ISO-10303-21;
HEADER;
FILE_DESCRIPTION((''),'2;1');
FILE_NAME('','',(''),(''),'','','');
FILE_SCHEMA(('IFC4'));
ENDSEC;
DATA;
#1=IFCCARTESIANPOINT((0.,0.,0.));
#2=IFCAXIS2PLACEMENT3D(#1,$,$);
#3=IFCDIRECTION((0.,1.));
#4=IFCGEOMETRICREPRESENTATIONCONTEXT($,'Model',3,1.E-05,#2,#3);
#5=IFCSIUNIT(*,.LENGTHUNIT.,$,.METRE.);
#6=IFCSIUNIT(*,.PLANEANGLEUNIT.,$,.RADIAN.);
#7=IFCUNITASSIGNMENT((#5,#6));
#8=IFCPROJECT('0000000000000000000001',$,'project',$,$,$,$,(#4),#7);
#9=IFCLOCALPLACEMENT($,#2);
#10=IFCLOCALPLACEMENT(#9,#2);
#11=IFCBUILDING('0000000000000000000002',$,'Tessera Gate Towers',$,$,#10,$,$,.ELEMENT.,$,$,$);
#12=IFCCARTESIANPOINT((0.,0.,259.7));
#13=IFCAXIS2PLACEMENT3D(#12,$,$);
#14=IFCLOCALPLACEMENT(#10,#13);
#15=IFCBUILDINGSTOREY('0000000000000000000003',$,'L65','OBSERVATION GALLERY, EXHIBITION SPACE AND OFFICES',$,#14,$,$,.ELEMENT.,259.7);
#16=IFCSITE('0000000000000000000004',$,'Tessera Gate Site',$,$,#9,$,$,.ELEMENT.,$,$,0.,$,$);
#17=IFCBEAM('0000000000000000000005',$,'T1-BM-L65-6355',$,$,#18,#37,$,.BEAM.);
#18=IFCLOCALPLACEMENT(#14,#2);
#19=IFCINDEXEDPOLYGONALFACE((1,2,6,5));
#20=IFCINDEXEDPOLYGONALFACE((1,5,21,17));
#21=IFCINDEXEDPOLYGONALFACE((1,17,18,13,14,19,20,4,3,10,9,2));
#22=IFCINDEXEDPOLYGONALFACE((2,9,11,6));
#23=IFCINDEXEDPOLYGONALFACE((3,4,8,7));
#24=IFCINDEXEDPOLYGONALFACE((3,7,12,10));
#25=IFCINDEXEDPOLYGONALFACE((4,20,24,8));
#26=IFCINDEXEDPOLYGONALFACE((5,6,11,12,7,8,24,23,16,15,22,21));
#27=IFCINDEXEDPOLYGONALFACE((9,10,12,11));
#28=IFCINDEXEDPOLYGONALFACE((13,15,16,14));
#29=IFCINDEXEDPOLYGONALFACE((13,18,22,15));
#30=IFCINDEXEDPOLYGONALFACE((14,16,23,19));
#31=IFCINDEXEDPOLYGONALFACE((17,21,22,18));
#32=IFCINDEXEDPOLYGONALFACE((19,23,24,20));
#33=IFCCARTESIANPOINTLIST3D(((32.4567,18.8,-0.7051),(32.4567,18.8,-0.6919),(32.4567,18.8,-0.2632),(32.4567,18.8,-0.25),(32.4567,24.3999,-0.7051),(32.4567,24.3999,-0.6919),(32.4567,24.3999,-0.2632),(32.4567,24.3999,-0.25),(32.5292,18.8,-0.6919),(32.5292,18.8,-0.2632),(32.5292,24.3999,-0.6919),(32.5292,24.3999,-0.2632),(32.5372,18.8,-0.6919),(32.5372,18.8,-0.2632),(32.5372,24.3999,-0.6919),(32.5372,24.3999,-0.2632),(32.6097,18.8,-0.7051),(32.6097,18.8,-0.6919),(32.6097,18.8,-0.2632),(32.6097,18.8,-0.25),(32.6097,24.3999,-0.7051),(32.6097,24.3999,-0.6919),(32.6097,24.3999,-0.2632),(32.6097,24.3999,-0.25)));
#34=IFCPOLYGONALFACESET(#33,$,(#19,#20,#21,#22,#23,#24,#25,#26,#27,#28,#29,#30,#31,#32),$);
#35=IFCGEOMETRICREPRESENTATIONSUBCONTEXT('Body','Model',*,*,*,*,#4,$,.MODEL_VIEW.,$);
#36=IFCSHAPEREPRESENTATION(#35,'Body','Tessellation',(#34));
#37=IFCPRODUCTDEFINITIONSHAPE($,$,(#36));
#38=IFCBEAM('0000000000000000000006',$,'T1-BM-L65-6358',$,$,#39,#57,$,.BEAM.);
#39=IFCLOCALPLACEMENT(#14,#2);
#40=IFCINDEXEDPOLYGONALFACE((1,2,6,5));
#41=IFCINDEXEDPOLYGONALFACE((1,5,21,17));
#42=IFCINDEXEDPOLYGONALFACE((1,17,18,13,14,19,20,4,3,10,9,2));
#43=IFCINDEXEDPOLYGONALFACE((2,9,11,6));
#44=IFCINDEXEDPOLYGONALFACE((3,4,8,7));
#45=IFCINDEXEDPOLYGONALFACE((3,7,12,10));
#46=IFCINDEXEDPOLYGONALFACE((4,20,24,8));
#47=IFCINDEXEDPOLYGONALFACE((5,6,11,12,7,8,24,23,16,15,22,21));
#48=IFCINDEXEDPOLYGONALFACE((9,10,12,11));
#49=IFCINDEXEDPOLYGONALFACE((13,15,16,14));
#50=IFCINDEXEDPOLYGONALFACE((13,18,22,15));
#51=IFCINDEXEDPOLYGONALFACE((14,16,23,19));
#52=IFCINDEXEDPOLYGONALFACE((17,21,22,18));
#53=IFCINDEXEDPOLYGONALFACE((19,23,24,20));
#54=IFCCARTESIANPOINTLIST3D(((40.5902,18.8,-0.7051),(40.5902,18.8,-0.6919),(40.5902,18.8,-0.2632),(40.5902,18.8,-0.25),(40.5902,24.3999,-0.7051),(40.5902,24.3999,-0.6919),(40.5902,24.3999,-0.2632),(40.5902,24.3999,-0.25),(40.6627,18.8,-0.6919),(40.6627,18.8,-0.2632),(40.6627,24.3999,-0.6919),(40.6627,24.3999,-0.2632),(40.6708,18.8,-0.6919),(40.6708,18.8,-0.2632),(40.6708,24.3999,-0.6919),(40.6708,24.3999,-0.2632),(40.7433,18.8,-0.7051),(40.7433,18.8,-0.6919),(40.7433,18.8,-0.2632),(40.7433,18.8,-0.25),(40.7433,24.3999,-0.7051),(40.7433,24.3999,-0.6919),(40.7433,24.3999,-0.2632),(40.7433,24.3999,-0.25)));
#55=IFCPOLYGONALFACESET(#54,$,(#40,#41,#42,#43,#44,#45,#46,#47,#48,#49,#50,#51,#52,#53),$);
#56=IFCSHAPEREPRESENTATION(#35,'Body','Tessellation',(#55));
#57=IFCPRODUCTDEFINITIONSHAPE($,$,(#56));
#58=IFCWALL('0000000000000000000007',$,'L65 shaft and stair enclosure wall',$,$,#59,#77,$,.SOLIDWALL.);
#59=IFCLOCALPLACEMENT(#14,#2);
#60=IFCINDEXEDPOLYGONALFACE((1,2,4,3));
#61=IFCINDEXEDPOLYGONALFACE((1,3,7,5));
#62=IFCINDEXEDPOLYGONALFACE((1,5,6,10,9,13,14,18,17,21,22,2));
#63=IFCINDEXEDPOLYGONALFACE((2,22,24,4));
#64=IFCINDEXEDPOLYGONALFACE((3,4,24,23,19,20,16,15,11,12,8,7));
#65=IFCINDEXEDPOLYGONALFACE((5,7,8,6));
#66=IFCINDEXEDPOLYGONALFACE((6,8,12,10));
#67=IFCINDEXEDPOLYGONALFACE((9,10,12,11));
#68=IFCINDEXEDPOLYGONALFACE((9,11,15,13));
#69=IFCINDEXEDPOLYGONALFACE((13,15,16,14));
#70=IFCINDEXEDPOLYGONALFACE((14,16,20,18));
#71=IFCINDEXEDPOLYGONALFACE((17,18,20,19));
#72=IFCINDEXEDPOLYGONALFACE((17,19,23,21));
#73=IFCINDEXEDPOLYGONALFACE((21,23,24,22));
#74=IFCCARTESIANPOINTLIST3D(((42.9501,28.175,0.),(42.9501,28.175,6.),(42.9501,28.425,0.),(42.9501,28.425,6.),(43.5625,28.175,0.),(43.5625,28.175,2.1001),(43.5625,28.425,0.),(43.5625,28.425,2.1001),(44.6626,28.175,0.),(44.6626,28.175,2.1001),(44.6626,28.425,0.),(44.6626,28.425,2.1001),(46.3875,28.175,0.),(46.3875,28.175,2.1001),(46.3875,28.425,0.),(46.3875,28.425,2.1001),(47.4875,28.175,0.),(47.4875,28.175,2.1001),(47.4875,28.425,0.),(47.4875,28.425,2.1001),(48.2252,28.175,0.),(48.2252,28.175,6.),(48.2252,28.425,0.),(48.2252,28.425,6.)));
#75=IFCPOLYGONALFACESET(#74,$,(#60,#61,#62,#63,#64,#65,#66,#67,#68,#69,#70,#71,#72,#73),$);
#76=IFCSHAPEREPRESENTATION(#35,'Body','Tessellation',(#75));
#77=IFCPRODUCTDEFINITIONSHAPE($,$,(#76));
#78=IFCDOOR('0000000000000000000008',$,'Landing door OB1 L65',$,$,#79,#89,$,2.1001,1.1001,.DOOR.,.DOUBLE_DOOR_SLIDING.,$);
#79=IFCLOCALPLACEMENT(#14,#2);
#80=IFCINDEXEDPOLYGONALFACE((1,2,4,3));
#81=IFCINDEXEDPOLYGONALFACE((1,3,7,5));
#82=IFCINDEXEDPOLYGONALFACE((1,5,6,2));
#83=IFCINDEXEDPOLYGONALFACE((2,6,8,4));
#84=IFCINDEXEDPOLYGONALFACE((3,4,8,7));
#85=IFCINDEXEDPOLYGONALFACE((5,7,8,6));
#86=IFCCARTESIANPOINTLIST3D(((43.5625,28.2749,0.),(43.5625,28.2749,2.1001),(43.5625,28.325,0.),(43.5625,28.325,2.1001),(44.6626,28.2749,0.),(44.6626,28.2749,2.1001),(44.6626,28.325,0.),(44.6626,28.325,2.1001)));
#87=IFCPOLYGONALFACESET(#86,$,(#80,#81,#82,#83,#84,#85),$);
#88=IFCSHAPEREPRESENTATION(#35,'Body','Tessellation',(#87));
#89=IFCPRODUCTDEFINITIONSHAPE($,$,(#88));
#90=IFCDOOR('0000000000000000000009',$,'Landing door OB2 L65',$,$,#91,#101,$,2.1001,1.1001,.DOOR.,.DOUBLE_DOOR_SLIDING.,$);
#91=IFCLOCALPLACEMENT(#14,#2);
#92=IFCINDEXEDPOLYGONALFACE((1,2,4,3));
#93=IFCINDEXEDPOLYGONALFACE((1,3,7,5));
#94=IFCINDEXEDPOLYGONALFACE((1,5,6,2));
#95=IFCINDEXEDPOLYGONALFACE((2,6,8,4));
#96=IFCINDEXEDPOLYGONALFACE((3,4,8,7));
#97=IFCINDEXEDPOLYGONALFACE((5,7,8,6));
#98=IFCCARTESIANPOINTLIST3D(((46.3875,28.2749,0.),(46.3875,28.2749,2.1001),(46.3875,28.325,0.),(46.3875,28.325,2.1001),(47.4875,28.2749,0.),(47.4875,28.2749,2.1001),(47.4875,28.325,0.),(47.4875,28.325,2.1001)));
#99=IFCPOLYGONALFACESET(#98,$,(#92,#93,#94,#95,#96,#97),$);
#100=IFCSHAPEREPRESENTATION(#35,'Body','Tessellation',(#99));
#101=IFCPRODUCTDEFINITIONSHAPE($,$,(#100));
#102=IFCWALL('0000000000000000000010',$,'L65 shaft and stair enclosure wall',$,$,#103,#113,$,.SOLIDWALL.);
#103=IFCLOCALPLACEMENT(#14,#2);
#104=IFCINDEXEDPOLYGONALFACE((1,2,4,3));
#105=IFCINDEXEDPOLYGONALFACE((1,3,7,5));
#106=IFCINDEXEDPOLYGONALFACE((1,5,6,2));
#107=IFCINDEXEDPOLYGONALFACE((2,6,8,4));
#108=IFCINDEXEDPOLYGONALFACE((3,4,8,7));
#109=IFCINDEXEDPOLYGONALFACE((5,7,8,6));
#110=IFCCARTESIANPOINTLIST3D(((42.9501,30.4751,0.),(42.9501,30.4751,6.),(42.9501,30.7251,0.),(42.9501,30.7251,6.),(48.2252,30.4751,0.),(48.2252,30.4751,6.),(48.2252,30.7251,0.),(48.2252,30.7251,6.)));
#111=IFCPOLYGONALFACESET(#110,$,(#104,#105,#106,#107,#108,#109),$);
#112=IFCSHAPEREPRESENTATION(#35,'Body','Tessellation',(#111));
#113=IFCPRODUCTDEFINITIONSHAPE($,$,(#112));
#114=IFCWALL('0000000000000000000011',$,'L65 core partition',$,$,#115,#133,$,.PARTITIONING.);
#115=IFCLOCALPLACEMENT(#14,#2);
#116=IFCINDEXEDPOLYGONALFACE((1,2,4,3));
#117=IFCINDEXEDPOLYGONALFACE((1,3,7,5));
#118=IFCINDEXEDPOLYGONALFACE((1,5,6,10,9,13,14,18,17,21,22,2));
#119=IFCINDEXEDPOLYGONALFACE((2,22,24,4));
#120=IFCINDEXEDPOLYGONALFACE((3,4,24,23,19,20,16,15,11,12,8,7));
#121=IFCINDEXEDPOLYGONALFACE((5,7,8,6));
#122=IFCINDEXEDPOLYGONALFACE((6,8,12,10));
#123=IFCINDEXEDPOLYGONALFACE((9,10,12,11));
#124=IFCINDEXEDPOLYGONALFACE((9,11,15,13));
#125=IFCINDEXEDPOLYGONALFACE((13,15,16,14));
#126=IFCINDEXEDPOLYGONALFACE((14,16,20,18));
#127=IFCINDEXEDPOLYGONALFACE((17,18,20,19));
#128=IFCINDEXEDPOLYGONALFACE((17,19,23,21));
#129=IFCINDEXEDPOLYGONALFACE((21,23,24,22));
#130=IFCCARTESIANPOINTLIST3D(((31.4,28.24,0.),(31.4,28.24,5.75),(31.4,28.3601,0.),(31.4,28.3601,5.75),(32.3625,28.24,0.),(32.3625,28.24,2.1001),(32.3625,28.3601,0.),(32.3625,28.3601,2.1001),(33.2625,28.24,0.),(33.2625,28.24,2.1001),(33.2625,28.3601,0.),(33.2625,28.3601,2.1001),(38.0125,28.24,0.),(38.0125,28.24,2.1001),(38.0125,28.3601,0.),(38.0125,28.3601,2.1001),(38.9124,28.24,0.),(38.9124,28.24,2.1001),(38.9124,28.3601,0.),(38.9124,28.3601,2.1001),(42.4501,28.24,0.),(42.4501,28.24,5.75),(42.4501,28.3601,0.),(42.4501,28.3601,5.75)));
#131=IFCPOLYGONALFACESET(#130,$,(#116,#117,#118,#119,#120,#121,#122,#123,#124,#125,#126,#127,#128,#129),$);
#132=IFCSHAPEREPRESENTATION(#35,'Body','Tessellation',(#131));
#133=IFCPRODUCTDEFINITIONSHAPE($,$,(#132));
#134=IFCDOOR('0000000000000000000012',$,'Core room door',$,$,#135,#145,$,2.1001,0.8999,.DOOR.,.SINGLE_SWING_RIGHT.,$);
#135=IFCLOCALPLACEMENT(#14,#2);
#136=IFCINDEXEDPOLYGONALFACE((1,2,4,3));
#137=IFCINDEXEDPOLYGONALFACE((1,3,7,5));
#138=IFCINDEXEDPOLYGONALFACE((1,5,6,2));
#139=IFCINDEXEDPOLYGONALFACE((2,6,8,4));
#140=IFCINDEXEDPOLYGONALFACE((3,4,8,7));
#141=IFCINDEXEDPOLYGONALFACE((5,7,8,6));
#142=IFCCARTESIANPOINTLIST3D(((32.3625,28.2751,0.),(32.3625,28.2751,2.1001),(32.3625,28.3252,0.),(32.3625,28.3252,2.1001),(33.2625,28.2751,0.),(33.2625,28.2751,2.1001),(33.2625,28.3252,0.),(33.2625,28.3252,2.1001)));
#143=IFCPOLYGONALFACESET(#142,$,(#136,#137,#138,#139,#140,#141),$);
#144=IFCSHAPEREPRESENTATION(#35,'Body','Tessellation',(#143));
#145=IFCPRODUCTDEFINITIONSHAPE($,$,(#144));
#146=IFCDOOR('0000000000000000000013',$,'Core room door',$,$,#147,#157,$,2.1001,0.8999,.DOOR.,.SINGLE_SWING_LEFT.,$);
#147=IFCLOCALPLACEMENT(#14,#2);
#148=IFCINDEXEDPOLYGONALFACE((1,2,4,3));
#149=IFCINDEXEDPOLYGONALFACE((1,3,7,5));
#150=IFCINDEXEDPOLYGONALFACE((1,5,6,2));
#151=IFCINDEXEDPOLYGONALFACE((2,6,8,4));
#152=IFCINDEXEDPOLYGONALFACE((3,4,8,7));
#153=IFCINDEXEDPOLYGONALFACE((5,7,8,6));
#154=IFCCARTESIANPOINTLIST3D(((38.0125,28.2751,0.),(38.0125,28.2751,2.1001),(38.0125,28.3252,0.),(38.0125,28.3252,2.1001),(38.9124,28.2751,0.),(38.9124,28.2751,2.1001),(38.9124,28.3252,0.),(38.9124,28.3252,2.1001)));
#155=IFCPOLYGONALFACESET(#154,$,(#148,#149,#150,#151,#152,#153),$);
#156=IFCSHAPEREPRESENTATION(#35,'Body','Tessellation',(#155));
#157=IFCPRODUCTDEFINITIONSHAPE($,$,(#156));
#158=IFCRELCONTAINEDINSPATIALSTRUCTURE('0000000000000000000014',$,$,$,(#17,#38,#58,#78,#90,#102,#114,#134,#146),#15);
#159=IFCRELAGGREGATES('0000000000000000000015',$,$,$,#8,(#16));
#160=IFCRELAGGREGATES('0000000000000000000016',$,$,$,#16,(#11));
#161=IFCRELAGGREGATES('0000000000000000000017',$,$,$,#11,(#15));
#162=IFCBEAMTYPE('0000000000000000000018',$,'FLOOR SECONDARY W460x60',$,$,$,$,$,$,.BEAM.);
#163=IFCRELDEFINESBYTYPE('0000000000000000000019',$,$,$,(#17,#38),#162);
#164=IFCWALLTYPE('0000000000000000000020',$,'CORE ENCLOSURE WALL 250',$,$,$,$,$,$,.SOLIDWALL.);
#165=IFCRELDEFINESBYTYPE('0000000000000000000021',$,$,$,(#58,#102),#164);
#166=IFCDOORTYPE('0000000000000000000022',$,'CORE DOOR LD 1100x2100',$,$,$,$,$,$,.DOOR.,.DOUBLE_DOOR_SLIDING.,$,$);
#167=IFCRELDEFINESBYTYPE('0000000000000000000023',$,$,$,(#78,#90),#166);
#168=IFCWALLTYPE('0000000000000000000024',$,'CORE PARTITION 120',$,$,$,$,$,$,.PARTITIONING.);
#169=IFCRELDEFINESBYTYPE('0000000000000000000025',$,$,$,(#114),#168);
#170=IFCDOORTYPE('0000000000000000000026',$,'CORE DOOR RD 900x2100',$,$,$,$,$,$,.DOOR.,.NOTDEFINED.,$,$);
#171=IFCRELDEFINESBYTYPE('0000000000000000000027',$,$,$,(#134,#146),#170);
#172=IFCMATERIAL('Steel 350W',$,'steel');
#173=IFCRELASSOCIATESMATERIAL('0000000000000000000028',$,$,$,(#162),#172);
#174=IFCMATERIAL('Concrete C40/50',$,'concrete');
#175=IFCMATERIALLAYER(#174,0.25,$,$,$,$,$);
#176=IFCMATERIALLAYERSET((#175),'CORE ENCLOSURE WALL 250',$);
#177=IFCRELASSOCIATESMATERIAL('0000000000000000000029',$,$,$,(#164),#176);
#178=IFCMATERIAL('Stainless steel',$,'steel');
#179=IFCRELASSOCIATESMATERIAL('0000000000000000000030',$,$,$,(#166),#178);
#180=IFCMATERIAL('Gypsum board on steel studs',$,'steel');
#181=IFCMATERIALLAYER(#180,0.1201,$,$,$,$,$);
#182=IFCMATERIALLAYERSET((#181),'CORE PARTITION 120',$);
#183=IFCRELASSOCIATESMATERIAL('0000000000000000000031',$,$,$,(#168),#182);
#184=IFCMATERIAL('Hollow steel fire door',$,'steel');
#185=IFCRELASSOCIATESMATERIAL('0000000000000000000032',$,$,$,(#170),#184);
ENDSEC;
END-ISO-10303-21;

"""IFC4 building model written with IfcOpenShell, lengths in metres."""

from ifc_helpers import new_model, si_unit, direction, frame, frame_2d, origin, origin_2d, place, context, subcontext, project, spatial, rectangle, i_section, extrude, source, transform, mapped, material, layer, layer_set, material_profile, profile_set, type_object, element, fill, save


model = new_model("IFC4")

# Units and contexts
model_context = context("Model", 3, precision=1e-05, world=origin(), true_north=direction((0.0, 1.0)))
body_context = subcontext(model_context, "Body", "Model", "MODEL_VIEW")
ifc_project = project(units=[si_unit("LENGTHUNIT", "METRE"), si_unit("PLANEANGLEUNIT", "RADIAN")], contexts=[model_context])

# Site, building, storey
site_placement = place(None, origin())
site = spatial("IfcSite", under=ifc_project, at=site_placement, Name="Tessera Gate Site", CompositionType="ELEMENT", RefElevation=0.0)
building_placement = place(site_placement, origin())
building = spatial("IfcBuilding", under=site, at=building_placement, Name="Tessera Gate Towers", CompositionType="ELEMENT")
storey_placement = place(building_placement, frame((0.0, 0.0, 259.7)))
storey = spatial("IfcBuildingStorey", under=building, at=storey_placement, Name="L65", Description="OBSERVATION GALLERY, EXHIBITION SPACE AND OFFICES", CompositionType="ELEMENT", Elevation=259.7)

# Beams
ifc_material_1 = material(Name="Steel 350W", Category="steel")
ifc_material_profile = material_profile(ifc_material_1, i_section(OverallWidth=0.1531, OverallDepth=0.4551, WebThickness=0.0081, FlangeThickness=0.0132, at=origin_2d()), Name="W460x60")
ifc_profile_set = profile_set([ifc_material_profile], Name="Steel 350W")
beam_type = type_object("IfcBeamType", Name="FLOOR SECONDARY W460x60", PredefinedType="BEAM", material=ifc_profile_set)
for number, where, z_axis, x_axis, name in (
    (1, (32.5332, 18.8, -0.4775), (0.0, 1.0, 0.0), (-1.0, 0.0, 0.0), "T1-BM-L65-6355"),
    (2, (40.6667, 18.8, -0.4775), (0.0, 1.0, 0.0), (-1.0, 0.0, 0.0), "T1-BM-L65-6358"),
):
    element("IfcBeam", number, at=place(storey_placement, frame(where, z_axis=z_axis, x_axis=x_axis)), inside=storey, type_object=beam_type, Name=name, PredefinedType="BEAM", context=body_context, shape_type="SweptSolid", body=[
        extrude(i_section(OverallWidth=0.1531, OverallDepth=0.4551, WebThickness=0.0081, FlangeThickness=0.0132, at=origin_2d()), origin(), (0.0, 0.0, 1.0), 5.5999),
    ])

# Wall, openings, doors
ifc_material_2 = material(Name="Concrete C40/50", Category="concrete")
ifc_layer_1 = layer(ifc_material_2, 0.25)
ifc_layer_set_1 = layer_set([ifc_layer_1], Name="CORE ENCLOSURE WALL 250")
wall_type_1 = type_object("IfcWallType", Name="CORE ENCLOSURE WALL 250", PredefinedType="SOLIDWALL", material=ifc_layer_set_1)
wall_1_placement = place(storey_placement, frame((42.95, 28.3, 0.0), z_axis=(0.0, 0.0, 1.0), x_axis=(1.0, 0.0, 0.0)))
wall_1 = element("IfcWall", 3, at=wall_1_placement, inside=storey, type_object=wall_type_1, Name="L65 shaft and stair enclosure wall", PredefinedType="SOLIDWALL", context=body_context, shape_type="SweptSolid", body=[
    extrude(rectangle(XDim=5.2751, YDim=0.25, at=frame_2d((2.6377, 0.0))), origin(), (0.0, 0.0, 1.0), 6.0),
])
shared_shape_1 = source(origin(), body_context, "Body", "SweptSolid", [
    extrude(rectangle(XDim=1.1001, YDim=2.1001, at=frame_2d((0.55, 1.05))), frame((0.0, 0.135, 0.0), z_axis=(0.0, -1.0, 0.0), x_axis=(1.0, 0.0, 0.0)), (0.0, 0.0, 1.0), 0.27),
])
opening_1_placement = place(wall_1_placement, frame((0.6125, 0.0, 0.0)))
opening_1 = element("IfcOpeningElement", 4, at=opening_1_placement, cuts=wall_1, PredefinedType="OPENING", context=body_context, shape_type="MappedRepresentation", body=[
    mapped(shared_shape_1, transform((0.0, 0.0, 0.0), scale=1.0)),
])
opening_2_placement = place(wall_1_placement, frame((3.4375, 0.0, 0.0)))
opening_2 = element("IfcOpeningElement", 5, at=opening_2_placement, cuts=wall_1, PredefinedType="OPENING", context=body_context, shape_type="MappedRepresentation", body=[
    mapped(shared_shape_1, transform((0.0, 0.0, 0.0), scale=1.0)),
])
ifc_material_3 = material(Name="Stainless steel", Category="steel")
door_type_1 = type_object("IfcDoorType", Name="CORE DOOR LD 1100x2100", OperationType="DOUBLE_DOOR_SLIDING", PredefinedType="DOOR", material=ifc_material_3)
shared_shape_2 = source(origin(), body_context, "Body", "SweptSolid", [
    extrude(rectangle(XDim=1.1001, YDim=2.1001, at=frame_2d((0.55, 1.05))), frame((0.0, 0.0249, 0.0), z_axis=(0.0, -1.0, 0.0), x_axis=(1.0, 0.0, 0.0)), (0.0, 0.0, 1.0), 0.05),
])
door_1_placement = place(opening_1_placement, origin())
door_1 = element("IfcDoor", 6, at=door_1_placement, inside=storey, type_object=door_type_1, Name="Landing door OB1 L65", OperationType="DOUBLE_DOOR_SLIDING", OverallHeight=2.1001, OverallWidth=1.1001, PredefinedType="DOOR", context=body_context, shape_type="MappedRepresentation", body=[
    mapped(shared_shape_2, transform((0.0, 0.0, 0.0), scale=1.0)),
])
fill(opening_1, door_1)
door_2_placement = place(opening_2_placement, origin())
door_2 = element("IfcDoor", 7, at=door_2_placement, inside=storey, type_object=door_type_1, Name="Landing door OB2 L65", OperationType="DOUBLE_DOOR_SLIDING", OverallHeight=2.1001, OverallWidth=1.1001, PredefinedType="DOOR", context=body_context, shape_type="MappedRepresentation", body=[
    mapped(shared_shape_2, transform((0.0, 0.0, 0.0), scale=1.0)),
])
fill(opening_2, door_2)

# Wall
wall_2_placement = place(storey_placement, frame((42.95, 30.6001, 0.0), z_axis=(0.0, 0.0, 1.0), x_axis=(1.0, 0.0, 0.0)))
element("IfcWall", 8, at=wall_2_placement, inside=storey, type_object=wall_type_1, Name="L65 shaft and stair enclosure wall", PredefinedType="SOLIDWALL", context=body_context, shape_type="SweptSolid", body=[
    extrude(rectangle(XDim=5.2751, YDim=0.25, at=frame_2d((2.6377, 0.0))), origin(), (0.0, 0.0, 1.0), 6.0),
])

# Wall, openings, doors
ifc_material_4 = material(Name="Gypsum board on steel studs", Category="steel")
ifc_layer_2 = layer(ifc_material_4, 0.1201)
ifc_layer_set_2 = layer_set([ifc_layer_2], Name="CORE PARTITION 120")
wall_type_2 = type_object("IfcWallType", Name="CORE PARTITION 120", PredefinedType="PARTITIONING", material=ifc_layer_set_2)
wall_3_placement = place(storey_placement, frame((42.45, 28.3, 0.0), z_axis=(0.0, 0.0, 1.0), x_axis=(-1.0, 0.0, 0.0)))
wall_3 = element("IfcWall", 9, at=wall_3_placement, inside=storey, type_object=wall_type_2, Name="L65 core partition", PredefinedType="PARTITIONING", context=body_context, shape_type="SweptSolid", body=[
    extrude(rectangle(XDim=11.05, YDim=0.1201, at=frame_2d((5.5249, 0.0))), origin(), (0.0, 0.0, 1.0), 5.75),
])
shared_shape_3 = source(origin(), body_context, "Body", "SweptSolid", [
    extrude(rectangle(XDim=0.8999, YDim=2.1001, at=frame_2d((0.45, 1.05))), frame((0.0, 0.0701, 0.0), z_axis=(0.0, -1.0, 0.0), x_axis=(1.0, 0.0, 0.0)), (0.0, 0.0, 1.0), 0.1401),
])
opening_3_placement = place(wall_3_placement, frame((9.1875, 0.0, 0.0)))
opening_3 = element("IfcOpeningElement", 10, at=opening_3_placement, cuts=wall_3, PredefinedType="OPENING", context=body_context, shape_type="MappedRepresentation", body=[
    mapped(shared_shape_3, transform((0.0, 0.0, 0.0), scale=1.0)),
])
opening_4_placement = place(wall_3_placement, frame((3.5376, 0.0, 0.0)))
opening_4 = element("IfcOpeningElement", 11, at=opening_4_placement, cuts=wall_3, PredefinedType="OPENING", context=body_context, shape_type="MappedRepresentation", body=[
    mapped(shared_shape_3, transform((0.0, 0.0, 0.0), scale=1.0)),
])
ifc_material_5 = material(Name="Hollow steel fire door", Category="steel")
door_type_2 = type_object("IfcDoorType", Name="CORE DOOR RD 900x2100", OperationType="NOTDEFINED", PredefinedType="DOOR", material=ifc_material_5)
shared_shape_4 = source(origin(), body_context, "Body", "SweptSolid", [
    extrude(rectangle(XDim=0.8999, YDim=2.1001, at=frame_2d((0.45, 1.05))), frame((0.0, 0.0249, 0.0), z_axis=(0.0, -1.0, 0.0), x_axis=(1.0, 0.0, 0.0)), (0.0, 0.0, 1.0), 0.05),
])
door_3_placement = place(opening_3_placement, origin())
door_3 = element("IfcDoor", 12, at=door_3_placement, inside=storey, type_object=door_type_2, Name="Core room door", OperationType="SINGLE_SWING_RIGHT", OverallHeight=2.1001, OverallWidth=0.8999, PredefinedType="DOOR", context=body_context, shape_type="MappedRepresentation", body=[
    mapped(shared_shape_4, transform((0.0, 0.0, 0.0), scale=1.0)),
])
fill(opening_3, door_3)
door_4_placement = place(opening_4_placement, origin())
door_4 = element("IfcDoor", 13, at=door_4_placement, inside=storey, type_object=door_type_2, Name="Core room door", OperationType="SINGLE_SWING_LEFT", OverallHeight=2.1001, OverallWidth=0.8999, PredefinedType="DOOR", context=body_context, shape_type="MappedRepresentation", body=[
    mapped(shared_shape_4, transform((0.0, 0.0, 0.0), scale=1.0)),
])
fill(opening_4, door_4)

save(model, "model.ifc")
